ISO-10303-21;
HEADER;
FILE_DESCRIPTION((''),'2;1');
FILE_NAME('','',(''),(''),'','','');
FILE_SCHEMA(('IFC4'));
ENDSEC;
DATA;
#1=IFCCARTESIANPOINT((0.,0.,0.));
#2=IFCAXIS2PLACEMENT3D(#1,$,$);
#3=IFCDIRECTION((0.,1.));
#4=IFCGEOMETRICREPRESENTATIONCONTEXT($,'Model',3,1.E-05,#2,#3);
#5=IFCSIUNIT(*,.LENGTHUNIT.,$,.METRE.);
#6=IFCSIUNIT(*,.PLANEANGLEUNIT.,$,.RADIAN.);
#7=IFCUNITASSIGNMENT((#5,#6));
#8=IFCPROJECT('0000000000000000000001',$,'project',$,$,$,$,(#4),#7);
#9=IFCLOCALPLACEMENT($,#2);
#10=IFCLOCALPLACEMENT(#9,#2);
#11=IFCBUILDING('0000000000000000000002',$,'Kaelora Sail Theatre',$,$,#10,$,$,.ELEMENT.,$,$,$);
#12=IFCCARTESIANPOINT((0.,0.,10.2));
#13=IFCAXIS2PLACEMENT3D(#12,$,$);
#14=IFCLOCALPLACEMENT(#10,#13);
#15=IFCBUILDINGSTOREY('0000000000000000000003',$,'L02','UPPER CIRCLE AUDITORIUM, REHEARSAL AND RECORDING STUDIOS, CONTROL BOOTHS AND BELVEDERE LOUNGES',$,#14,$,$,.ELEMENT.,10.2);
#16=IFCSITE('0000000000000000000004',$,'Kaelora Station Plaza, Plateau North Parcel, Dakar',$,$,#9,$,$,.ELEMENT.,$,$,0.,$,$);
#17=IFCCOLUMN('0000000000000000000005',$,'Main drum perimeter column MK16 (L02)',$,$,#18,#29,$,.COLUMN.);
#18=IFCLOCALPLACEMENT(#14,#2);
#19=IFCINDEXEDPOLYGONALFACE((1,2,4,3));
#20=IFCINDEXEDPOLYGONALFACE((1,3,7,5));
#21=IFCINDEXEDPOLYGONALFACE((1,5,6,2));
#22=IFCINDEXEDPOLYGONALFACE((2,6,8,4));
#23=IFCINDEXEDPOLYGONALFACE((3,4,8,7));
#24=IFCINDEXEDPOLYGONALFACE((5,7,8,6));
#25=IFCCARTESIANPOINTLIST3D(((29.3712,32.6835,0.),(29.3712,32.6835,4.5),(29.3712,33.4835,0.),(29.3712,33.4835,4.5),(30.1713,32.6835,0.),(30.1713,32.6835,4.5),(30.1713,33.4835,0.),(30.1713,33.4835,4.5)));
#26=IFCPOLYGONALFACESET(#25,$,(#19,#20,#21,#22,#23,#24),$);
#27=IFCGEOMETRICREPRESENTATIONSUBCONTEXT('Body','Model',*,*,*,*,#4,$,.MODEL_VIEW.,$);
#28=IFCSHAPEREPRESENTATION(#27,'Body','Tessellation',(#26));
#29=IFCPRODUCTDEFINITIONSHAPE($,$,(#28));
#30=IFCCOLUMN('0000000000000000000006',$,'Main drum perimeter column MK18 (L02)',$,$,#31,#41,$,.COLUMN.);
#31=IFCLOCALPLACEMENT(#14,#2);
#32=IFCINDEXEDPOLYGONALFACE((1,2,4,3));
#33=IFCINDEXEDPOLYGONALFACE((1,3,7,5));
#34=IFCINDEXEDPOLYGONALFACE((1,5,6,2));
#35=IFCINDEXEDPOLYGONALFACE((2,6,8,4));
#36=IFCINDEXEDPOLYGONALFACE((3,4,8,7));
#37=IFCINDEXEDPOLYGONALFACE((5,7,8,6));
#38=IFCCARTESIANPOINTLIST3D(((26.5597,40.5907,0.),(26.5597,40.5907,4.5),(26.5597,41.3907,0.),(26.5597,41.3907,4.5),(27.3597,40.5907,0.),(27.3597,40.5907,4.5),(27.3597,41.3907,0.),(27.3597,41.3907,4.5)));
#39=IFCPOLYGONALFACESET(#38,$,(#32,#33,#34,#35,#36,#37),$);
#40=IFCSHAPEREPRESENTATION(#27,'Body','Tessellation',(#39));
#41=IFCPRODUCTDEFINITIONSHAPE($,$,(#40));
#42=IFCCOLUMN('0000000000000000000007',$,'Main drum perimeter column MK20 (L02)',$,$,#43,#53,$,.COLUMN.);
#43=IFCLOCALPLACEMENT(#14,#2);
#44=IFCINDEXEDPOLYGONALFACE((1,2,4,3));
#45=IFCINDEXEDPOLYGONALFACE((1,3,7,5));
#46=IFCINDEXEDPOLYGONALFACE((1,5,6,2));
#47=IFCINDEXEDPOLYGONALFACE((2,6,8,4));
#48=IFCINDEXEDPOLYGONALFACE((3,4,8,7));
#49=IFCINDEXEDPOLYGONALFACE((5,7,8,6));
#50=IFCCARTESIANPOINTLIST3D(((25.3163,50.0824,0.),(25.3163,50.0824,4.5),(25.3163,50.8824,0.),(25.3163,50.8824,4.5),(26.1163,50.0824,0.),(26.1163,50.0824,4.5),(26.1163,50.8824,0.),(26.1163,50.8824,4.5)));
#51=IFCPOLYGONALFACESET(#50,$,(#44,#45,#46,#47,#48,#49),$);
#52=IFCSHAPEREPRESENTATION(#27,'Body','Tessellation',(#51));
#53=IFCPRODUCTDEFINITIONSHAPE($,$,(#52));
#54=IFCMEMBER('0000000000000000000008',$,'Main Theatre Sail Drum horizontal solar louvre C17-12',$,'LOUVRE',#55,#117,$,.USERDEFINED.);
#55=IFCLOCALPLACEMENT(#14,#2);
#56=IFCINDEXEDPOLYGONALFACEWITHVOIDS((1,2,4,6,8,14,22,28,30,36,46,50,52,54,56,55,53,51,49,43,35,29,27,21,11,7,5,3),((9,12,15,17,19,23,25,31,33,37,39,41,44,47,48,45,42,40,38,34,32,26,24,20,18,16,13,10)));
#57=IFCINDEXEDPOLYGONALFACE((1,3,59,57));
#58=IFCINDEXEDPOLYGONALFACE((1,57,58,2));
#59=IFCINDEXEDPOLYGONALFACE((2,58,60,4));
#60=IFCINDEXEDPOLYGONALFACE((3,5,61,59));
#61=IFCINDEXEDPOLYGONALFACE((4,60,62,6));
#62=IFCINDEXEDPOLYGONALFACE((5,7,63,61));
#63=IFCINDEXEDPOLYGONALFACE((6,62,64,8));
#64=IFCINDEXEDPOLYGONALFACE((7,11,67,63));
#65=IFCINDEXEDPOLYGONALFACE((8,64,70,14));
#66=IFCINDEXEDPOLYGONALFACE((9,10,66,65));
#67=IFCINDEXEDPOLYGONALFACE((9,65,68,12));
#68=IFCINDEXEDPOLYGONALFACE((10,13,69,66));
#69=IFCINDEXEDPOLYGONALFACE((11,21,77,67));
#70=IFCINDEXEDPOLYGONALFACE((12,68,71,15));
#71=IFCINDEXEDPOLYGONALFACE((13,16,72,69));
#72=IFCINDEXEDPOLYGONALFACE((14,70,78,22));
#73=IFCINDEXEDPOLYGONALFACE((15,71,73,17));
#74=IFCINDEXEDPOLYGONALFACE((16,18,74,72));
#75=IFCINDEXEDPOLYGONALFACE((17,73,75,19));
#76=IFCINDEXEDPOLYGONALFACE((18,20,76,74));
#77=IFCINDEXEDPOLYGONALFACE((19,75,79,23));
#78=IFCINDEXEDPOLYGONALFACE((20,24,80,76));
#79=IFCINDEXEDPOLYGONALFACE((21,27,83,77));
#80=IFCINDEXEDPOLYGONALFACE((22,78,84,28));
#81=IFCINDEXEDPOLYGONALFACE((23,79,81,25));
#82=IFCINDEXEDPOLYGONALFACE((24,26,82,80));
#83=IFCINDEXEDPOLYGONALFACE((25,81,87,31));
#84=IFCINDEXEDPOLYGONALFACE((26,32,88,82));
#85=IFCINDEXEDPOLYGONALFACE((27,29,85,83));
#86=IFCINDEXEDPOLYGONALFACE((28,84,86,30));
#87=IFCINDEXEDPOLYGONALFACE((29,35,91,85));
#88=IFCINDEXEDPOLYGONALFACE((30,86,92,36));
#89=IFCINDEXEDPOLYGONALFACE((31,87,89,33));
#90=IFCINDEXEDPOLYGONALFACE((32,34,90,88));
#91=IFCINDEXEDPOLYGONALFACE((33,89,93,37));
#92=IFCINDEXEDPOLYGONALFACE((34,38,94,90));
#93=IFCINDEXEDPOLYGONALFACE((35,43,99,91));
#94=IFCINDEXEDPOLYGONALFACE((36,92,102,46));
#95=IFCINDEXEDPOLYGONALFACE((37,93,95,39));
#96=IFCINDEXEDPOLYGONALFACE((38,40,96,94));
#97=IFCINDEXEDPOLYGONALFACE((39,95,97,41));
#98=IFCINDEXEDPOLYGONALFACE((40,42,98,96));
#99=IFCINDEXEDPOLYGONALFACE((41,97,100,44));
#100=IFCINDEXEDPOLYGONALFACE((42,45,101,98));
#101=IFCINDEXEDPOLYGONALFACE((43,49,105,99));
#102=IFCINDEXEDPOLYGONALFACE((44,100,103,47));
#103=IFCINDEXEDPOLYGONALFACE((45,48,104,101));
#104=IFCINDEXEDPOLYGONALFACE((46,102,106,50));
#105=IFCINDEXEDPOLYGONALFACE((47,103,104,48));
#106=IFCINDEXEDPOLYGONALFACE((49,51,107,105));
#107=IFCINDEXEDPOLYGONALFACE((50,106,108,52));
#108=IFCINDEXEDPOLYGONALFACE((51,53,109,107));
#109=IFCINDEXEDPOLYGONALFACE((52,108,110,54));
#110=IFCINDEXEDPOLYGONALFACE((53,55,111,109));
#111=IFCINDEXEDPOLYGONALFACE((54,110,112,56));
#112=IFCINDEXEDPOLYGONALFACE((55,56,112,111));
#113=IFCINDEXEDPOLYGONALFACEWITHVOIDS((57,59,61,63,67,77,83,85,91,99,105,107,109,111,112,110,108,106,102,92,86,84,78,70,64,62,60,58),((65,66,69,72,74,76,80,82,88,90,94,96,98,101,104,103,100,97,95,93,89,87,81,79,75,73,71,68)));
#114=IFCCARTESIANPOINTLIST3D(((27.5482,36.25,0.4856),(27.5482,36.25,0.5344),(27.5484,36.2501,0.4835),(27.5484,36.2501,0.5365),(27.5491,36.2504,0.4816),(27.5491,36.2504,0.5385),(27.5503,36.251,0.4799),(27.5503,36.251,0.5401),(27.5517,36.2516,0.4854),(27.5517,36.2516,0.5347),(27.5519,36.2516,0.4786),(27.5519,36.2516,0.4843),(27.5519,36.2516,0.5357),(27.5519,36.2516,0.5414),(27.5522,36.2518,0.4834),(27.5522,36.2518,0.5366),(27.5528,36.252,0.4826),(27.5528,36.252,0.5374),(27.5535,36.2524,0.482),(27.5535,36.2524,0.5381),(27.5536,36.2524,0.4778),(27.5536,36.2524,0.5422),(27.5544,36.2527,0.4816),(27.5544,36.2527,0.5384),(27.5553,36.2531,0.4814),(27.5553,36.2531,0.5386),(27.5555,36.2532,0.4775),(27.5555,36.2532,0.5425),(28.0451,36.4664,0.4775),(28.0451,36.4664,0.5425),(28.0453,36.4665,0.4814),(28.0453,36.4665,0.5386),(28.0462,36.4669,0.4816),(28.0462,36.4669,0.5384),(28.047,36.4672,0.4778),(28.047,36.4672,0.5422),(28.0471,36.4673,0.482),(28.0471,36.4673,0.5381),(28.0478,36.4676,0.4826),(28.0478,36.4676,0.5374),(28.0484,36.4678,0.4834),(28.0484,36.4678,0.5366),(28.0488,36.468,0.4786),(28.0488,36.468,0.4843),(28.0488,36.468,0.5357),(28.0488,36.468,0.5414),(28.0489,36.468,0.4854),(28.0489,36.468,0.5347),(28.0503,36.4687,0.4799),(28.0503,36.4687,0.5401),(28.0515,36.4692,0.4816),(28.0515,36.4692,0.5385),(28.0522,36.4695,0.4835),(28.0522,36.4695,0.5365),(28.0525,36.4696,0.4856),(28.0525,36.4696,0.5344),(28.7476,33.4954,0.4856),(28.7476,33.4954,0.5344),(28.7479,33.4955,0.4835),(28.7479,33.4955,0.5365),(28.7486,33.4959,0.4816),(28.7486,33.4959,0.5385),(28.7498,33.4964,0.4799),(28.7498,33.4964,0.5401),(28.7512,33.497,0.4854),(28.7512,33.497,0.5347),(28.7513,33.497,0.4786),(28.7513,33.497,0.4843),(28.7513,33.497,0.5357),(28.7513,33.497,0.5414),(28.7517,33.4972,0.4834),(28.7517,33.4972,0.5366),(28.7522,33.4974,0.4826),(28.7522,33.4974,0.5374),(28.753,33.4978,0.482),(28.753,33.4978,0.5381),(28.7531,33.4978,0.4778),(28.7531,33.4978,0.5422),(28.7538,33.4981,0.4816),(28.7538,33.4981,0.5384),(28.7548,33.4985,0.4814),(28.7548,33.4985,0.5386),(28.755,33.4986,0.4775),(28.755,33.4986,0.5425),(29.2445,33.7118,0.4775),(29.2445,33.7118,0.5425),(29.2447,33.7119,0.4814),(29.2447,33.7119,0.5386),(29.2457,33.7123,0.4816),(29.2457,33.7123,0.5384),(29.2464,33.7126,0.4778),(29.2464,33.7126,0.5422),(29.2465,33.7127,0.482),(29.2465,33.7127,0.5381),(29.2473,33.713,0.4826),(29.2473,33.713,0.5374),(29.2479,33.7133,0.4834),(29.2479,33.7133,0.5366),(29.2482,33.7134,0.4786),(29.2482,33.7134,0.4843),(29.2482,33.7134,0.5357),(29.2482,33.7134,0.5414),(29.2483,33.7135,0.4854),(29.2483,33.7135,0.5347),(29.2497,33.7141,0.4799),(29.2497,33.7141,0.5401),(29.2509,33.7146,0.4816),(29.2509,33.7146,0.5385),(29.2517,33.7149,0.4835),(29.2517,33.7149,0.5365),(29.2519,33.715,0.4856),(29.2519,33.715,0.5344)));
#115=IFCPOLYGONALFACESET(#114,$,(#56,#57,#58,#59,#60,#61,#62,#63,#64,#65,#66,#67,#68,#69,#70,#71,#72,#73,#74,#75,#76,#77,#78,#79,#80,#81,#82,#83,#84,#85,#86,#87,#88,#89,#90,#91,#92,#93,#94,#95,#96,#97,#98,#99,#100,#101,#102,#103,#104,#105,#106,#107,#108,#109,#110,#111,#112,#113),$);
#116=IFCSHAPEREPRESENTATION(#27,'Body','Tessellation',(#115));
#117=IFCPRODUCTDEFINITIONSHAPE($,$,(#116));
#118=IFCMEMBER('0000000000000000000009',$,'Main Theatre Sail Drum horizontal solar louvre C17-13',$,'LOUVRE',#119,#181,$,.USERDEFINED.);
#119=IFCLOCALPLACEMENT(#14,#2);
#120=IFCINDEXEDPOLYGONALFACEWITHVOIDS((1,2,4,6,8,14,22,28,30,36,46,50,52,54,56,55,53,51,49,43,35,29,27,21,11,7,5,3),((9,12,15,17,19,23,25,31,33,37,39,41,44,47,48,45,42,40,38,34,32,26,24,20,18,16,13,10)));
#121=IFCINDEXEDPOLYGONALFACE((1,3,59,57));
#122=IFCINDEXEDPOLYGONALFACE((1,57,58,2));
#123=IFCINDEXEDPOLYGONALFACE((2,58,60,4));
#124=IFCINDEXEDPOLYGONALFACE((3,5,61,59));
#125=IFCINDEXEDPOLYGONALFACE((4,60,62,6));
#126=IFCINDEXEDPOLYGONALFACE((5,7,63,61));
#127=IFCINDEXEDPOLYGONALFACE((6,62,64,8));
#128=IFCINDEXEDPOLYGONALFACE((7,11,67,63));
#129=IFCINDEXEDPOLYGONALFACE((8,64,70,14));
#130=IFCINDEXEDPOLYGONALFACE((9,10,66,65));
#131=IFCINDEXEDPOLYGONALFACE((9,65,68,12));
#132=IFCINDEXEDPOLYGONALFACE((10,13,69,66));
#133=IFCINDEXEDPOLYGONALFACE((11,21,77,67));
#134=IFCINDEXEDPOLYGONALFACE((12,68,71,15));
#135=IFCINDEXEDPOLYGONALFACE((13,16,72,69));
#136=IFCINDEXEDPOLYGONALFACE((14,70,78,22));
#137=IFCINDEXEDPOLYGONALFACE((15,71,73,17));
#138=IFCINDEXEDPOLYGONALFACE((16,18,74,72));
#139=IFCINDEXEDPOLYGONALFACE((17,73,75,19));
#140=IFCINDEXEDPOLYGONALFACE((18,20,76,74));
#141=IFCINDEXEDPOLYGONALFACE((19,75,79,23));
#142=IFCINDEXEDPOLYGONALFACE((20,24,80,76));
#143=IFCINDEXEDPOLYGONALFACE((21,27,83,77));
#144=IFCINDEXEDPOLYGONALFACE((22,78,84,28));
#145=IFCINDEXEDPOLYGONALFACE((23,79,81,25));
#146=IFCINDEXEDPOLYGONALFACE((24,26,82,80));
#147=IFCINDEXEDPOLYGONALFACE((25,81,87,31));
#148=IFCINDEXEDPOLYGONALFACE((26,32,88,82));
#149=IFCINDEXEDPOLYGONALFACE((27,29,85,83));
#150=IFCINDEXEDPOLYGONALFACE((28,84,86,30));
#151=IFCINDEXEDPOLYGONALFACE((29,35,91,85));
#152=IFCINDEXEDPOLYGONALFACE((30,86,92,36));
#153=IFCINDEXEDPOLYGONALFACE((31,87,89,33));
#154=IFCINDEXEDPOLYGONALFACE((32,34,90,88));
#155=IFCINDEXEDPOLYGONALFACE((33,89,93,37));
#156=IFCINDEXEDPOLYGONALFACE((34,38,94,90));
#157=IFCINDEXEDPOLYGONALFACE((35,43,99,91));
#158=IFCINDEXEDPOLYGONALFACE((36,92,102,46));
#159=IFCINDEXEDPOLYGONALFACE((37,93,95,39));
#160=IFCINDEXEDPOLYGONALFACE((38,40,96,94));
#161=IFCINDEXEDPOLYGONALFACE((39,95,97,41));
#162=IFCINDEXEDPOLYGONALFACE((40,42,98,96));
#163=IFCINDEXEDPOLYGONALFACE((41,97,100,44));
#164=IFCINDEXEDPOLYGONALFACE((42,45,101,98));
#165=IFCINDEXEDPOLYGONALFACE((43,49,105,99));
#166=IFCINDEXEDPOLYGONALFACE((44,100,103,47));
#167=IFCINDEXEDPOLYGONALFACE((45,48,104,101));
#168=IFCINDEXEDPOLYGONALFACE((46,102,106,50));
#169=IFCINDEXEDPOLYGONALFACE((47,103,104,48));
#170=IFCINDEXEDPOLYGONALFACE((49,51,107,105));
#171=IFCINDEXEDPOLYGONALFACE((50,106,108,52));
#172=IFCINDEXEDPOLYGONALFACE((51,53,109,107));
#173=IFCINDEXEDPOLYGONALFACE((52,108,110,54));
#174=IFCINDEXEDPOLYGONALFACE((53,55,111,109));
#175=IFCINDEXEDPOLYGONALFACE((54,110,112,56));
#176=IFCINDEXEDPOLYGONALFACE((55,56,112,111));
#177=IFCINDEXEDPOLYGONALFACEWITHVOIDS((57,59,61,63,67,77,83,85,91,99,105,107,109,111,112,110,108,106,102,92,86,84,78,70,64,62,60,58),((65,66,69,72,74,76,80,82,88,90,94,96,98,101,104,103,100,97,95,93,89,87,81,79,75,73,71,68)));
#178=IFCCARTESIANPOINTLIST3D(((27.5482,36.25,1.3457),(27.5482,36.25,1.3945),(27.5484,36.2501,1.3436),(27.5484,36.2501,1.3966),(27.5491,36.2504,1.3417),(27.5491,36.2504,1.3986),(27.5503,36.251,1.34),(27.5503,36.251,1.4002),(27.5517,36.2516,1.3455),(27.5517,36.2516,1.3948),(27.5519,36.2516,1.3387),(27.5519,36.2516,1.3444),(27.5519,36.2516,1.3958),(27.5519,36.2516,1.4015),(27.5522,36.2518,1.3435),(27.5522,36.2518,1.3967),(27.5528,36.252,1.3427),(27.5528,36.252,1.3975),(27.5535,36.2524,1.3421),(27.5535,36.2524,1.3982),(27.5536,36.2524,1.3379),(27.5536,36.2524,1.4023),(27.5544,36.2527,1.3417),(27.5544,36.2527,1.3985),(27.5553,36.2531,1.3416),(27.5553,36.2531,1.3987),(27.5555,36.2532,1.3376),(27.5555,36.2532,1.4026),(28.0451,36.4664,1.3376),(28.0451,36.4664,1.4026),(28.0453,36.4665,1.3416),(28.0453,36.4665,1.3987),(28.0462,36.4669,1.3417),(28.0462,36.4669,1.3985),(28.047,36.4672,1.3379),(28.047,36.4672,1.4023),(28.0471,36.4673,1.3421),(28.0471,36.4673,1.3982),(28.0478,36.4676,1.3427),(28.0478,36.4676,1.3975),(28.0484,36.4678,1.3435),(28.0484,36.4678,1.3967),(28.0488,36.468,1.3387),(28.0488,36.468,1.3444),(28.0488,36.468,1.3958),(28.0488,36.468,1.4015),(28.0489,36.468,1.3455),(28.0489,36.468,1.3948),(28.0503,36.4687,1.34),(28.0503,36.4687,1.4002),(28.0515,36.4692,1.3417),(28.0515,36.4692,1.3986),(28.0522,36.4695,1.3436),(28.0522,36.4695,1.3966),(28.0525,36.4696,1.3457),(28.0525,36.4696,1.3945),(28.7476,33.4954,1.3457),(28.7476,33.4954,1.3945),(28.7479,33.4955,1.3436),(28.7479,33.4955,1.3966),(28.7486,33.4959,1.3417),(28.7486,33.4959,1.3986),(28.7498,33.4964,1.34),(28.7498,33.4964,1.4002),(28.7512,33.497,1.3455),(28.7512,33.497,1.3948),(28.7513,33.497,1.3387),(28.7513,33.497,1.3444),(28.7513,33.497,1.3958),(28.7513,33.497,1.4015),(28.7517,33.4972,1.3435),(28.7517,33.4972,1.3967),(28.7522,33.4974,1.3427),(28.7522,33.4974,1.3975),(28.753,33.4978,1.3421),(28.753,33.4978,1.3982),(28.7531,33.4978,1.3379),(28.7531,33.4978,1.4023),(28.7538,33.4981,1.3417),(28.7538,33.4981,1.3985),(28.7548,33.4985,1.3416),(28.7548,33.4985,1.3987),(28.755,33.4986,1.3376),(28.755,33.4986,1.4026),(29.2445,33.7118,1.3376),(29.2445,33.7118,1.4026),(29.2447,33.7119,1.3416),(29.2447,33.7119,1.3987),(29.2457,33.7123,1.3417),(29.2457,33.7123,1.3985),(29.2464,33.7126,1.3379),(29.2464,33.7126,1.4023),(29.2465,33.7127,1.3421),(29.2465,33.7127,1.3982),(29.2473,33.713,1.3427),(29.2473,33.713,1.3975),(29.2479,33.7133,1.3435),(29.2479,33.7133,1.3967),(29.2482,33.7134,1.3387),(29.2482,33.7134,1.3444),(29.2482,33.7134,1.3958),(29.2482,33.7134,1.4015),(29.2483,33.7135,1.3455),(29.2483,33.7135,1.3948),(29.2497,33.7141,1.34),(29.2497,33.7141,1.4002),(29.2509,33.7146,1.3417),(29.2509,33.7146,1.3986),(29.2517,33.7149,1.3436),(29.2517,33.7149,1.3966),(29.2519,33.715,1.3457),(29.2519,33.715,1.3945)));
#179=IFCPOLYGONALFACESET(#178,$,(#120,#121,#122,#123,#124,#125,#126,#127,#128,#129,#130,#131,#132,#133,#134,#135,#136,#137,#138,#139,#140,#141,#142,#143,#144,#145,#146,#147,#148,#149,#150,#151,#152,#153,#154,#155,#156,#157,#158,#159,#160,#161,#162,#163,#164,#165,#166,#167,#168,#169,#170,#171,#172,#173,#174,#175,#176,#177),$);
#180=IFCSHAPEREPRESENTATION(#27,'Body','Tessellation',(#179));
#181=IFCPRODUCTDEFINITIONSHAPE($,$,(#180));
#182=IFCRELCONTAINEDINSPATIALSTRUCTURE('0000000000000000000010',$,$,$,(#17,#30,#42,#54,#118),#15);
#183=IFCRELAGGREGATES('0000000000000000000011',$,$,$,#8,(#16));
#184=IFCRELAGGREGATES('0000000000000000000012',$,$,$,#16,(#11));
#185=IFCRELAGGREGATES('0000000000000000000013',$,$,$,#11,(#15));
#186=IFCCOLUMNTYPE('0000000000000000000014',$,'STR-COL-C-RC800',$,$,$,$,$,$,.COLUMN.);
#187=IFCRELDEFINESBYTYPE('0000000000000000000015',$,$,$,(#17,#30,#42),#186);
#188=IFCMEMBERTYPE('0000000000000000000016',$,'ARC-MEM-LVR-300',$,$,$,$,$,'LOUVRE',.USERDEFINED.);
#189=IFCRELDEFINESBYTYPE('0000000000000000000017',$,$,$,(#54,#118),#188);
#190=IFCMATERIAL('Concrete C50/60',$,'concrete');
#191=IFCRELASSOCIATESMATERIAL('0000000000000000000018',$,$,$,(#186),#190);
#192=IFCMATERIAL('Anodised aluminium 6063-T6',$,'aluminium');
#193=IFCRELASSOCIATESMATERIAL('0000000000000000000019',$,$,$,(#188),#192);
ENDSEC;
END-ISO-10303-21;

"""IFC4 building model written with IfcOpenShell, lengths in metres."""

from ifc_helpers import new_model, si_unit, direction, frame, origin, origin_2d, place, context, subcontext, project, spatial, rectangle, hollow_rectangle, extrude, material, material_profile, profile_set, type_object, element, save


model = new_model("IFC4")

# Units and contexts
model_context = context("Model", 3, precision=1e-05, world=origin(), true_north=direction((0.0, 1.0)))
body_context = subcontext(model_context, "Body", "Model", "MODEL_VIEW")
ifc_project = project(units=[si_unit("LENGTHUNIT", "METRE"), si_unit("PLANEANGLEUNIT", "RADIAN")], contexts=[model_context])

# Site, building, storey
site_placement = place(None, origin())
site = spatial("IfcSite", under=ifc_project, at=site_placement, Name="Kaelora Station Plaza, Plateau North Parcel, Dakar", CompositionType="ELEMENT", RefElevation=0.0)
building_placement = place(site_placement, origin())
building = spatial("IfcBuilding", under=site, at=building_placement, Name="Kaelora Sail Theatre", CompositionType="ELEMENT")
storey_placement = place(building_placement, frame((0.0, 0.0, 10.2)))
storey = spatial("IfcBuildingStorey", under=building, at=storey_placement, Name="L02", Description="UPPER CIRCLE AUDITORIUM, REHEARSAL AND RECORDING STUDIOS, CONTROL BOOTHS AND BELVEDERE LOUNGES", CompositionType="ELEMENT", Elevation=10.2)

# Columns
ifc_material_1 = material(Name="Concrete C50/60", Category="concrete")
ifc_material_profile_1 = material_profile(ifc_material_1, rectangle(XDim=0.8, YDim=0.8, at=origin_2d()), Name="RC-COL 800x800")
ifc_profile_set_1 = profile_set([ifc_material_profile_1], Name="Concrete C50/60")
column_type = type_object("IfcColumnType", Name="STR-COL-C-RC800", PredefinedType="COLUMN", material=ifc_profile_set_1)
for number, where, z_axis, x_axis, name in (
    (1, (29.7712, 33.0835, 0.0), (0.0, 0.0, 1.0), (1.0, 0.0, 0.0), "Main drum perimeter column MK16 (L02)"),
    (2, (26.9597, 40.9907, 0.0), (0.0, 0.0, 1.0), (1.0, 0.0, 0.0), "Main drum perimeter column MK18 (L02)"),
    (3, (25.7163, 50.4824, 0.0), (0.0, 0.0, 1.0), (1.0, 0.0, 0.0), "Main drum perimeter column MK20 (L02)"),
):
    element("IfcColumn", number, at=place(storey_placement, frame(where, z_axis=z_axis, x_axis=x_axis)), inside=storey, type_object=column_type, Name=name, PredefinedType="COLUMN", context=body_context, shape_type="SweptSolid", body=[
        extrude(rectangle(XDim=0.8, YDim=0.8, at=origin_2d()), origin(), (0.0, 0.0, 1.0), 4.5),
    ])

# Members
ifc_material_2 = material(Name="Anodised aluminium 6063-T6", Category="aluminium")
ifc_material_profile_2 = material_profile(ifc_material_2, hollow_rectangle(XDim=0.55, YDim=0.0649, WallThickness=0.0039, InnerFilletRadius=0.0039, OuterFilletRadius=0.0081, at=origin_2d()), Name="LOUVRE 550x65x4")
ifc_profile_set_2 = profile_set([ifc_material_profile_2], Name="Anodised aluminium 6063-T6")
member_type = type_object("IfcMemberType", Name="ARC-MEM-LVR-300", ElementType="LOUVRE", PredefinedType="USERDEFINED", material=ifc_profile_set_2)
for number, where, z_axis, x_axis, name in (
    (4, (28.9998, 33.6052, 0.51), (-0.399228, 0.916852, 0.0), (-0.916852, -0.399228, 0.0), "Main Theatre Sail Drum horizontal solar louvre C17-12"),
    (5, (28.9998, 33.6052, 1.3701), (-0.399228, 0.916852, 0.0), (-0.916852, -0.399228, 0.0), "Main Theatre Sail Drum horizontal solar louvre C17-13"),
):
    element("IfcMember", number, at=place(storey_placement, frame(where, z_axis=z_axis, x_axis=x_axis)), inside=storey, type_object=member_type, Name=name, ObjectType="LOUVRE", PredefinedType="USERDEFINED", context=body_context, shape_type="SweptSolid", body=[
        extrude(hollow_rectangle(XDim=0.55, YDim=0.0649, WallThickness=0.0039, InnerFilletRadius=0.0039, OuterFilletRadius=0.0081, at=origin_2d()), origin(), (0.0, 0.0, 1.0), 3.0044),
    ])

save(model, "model.ifc")
